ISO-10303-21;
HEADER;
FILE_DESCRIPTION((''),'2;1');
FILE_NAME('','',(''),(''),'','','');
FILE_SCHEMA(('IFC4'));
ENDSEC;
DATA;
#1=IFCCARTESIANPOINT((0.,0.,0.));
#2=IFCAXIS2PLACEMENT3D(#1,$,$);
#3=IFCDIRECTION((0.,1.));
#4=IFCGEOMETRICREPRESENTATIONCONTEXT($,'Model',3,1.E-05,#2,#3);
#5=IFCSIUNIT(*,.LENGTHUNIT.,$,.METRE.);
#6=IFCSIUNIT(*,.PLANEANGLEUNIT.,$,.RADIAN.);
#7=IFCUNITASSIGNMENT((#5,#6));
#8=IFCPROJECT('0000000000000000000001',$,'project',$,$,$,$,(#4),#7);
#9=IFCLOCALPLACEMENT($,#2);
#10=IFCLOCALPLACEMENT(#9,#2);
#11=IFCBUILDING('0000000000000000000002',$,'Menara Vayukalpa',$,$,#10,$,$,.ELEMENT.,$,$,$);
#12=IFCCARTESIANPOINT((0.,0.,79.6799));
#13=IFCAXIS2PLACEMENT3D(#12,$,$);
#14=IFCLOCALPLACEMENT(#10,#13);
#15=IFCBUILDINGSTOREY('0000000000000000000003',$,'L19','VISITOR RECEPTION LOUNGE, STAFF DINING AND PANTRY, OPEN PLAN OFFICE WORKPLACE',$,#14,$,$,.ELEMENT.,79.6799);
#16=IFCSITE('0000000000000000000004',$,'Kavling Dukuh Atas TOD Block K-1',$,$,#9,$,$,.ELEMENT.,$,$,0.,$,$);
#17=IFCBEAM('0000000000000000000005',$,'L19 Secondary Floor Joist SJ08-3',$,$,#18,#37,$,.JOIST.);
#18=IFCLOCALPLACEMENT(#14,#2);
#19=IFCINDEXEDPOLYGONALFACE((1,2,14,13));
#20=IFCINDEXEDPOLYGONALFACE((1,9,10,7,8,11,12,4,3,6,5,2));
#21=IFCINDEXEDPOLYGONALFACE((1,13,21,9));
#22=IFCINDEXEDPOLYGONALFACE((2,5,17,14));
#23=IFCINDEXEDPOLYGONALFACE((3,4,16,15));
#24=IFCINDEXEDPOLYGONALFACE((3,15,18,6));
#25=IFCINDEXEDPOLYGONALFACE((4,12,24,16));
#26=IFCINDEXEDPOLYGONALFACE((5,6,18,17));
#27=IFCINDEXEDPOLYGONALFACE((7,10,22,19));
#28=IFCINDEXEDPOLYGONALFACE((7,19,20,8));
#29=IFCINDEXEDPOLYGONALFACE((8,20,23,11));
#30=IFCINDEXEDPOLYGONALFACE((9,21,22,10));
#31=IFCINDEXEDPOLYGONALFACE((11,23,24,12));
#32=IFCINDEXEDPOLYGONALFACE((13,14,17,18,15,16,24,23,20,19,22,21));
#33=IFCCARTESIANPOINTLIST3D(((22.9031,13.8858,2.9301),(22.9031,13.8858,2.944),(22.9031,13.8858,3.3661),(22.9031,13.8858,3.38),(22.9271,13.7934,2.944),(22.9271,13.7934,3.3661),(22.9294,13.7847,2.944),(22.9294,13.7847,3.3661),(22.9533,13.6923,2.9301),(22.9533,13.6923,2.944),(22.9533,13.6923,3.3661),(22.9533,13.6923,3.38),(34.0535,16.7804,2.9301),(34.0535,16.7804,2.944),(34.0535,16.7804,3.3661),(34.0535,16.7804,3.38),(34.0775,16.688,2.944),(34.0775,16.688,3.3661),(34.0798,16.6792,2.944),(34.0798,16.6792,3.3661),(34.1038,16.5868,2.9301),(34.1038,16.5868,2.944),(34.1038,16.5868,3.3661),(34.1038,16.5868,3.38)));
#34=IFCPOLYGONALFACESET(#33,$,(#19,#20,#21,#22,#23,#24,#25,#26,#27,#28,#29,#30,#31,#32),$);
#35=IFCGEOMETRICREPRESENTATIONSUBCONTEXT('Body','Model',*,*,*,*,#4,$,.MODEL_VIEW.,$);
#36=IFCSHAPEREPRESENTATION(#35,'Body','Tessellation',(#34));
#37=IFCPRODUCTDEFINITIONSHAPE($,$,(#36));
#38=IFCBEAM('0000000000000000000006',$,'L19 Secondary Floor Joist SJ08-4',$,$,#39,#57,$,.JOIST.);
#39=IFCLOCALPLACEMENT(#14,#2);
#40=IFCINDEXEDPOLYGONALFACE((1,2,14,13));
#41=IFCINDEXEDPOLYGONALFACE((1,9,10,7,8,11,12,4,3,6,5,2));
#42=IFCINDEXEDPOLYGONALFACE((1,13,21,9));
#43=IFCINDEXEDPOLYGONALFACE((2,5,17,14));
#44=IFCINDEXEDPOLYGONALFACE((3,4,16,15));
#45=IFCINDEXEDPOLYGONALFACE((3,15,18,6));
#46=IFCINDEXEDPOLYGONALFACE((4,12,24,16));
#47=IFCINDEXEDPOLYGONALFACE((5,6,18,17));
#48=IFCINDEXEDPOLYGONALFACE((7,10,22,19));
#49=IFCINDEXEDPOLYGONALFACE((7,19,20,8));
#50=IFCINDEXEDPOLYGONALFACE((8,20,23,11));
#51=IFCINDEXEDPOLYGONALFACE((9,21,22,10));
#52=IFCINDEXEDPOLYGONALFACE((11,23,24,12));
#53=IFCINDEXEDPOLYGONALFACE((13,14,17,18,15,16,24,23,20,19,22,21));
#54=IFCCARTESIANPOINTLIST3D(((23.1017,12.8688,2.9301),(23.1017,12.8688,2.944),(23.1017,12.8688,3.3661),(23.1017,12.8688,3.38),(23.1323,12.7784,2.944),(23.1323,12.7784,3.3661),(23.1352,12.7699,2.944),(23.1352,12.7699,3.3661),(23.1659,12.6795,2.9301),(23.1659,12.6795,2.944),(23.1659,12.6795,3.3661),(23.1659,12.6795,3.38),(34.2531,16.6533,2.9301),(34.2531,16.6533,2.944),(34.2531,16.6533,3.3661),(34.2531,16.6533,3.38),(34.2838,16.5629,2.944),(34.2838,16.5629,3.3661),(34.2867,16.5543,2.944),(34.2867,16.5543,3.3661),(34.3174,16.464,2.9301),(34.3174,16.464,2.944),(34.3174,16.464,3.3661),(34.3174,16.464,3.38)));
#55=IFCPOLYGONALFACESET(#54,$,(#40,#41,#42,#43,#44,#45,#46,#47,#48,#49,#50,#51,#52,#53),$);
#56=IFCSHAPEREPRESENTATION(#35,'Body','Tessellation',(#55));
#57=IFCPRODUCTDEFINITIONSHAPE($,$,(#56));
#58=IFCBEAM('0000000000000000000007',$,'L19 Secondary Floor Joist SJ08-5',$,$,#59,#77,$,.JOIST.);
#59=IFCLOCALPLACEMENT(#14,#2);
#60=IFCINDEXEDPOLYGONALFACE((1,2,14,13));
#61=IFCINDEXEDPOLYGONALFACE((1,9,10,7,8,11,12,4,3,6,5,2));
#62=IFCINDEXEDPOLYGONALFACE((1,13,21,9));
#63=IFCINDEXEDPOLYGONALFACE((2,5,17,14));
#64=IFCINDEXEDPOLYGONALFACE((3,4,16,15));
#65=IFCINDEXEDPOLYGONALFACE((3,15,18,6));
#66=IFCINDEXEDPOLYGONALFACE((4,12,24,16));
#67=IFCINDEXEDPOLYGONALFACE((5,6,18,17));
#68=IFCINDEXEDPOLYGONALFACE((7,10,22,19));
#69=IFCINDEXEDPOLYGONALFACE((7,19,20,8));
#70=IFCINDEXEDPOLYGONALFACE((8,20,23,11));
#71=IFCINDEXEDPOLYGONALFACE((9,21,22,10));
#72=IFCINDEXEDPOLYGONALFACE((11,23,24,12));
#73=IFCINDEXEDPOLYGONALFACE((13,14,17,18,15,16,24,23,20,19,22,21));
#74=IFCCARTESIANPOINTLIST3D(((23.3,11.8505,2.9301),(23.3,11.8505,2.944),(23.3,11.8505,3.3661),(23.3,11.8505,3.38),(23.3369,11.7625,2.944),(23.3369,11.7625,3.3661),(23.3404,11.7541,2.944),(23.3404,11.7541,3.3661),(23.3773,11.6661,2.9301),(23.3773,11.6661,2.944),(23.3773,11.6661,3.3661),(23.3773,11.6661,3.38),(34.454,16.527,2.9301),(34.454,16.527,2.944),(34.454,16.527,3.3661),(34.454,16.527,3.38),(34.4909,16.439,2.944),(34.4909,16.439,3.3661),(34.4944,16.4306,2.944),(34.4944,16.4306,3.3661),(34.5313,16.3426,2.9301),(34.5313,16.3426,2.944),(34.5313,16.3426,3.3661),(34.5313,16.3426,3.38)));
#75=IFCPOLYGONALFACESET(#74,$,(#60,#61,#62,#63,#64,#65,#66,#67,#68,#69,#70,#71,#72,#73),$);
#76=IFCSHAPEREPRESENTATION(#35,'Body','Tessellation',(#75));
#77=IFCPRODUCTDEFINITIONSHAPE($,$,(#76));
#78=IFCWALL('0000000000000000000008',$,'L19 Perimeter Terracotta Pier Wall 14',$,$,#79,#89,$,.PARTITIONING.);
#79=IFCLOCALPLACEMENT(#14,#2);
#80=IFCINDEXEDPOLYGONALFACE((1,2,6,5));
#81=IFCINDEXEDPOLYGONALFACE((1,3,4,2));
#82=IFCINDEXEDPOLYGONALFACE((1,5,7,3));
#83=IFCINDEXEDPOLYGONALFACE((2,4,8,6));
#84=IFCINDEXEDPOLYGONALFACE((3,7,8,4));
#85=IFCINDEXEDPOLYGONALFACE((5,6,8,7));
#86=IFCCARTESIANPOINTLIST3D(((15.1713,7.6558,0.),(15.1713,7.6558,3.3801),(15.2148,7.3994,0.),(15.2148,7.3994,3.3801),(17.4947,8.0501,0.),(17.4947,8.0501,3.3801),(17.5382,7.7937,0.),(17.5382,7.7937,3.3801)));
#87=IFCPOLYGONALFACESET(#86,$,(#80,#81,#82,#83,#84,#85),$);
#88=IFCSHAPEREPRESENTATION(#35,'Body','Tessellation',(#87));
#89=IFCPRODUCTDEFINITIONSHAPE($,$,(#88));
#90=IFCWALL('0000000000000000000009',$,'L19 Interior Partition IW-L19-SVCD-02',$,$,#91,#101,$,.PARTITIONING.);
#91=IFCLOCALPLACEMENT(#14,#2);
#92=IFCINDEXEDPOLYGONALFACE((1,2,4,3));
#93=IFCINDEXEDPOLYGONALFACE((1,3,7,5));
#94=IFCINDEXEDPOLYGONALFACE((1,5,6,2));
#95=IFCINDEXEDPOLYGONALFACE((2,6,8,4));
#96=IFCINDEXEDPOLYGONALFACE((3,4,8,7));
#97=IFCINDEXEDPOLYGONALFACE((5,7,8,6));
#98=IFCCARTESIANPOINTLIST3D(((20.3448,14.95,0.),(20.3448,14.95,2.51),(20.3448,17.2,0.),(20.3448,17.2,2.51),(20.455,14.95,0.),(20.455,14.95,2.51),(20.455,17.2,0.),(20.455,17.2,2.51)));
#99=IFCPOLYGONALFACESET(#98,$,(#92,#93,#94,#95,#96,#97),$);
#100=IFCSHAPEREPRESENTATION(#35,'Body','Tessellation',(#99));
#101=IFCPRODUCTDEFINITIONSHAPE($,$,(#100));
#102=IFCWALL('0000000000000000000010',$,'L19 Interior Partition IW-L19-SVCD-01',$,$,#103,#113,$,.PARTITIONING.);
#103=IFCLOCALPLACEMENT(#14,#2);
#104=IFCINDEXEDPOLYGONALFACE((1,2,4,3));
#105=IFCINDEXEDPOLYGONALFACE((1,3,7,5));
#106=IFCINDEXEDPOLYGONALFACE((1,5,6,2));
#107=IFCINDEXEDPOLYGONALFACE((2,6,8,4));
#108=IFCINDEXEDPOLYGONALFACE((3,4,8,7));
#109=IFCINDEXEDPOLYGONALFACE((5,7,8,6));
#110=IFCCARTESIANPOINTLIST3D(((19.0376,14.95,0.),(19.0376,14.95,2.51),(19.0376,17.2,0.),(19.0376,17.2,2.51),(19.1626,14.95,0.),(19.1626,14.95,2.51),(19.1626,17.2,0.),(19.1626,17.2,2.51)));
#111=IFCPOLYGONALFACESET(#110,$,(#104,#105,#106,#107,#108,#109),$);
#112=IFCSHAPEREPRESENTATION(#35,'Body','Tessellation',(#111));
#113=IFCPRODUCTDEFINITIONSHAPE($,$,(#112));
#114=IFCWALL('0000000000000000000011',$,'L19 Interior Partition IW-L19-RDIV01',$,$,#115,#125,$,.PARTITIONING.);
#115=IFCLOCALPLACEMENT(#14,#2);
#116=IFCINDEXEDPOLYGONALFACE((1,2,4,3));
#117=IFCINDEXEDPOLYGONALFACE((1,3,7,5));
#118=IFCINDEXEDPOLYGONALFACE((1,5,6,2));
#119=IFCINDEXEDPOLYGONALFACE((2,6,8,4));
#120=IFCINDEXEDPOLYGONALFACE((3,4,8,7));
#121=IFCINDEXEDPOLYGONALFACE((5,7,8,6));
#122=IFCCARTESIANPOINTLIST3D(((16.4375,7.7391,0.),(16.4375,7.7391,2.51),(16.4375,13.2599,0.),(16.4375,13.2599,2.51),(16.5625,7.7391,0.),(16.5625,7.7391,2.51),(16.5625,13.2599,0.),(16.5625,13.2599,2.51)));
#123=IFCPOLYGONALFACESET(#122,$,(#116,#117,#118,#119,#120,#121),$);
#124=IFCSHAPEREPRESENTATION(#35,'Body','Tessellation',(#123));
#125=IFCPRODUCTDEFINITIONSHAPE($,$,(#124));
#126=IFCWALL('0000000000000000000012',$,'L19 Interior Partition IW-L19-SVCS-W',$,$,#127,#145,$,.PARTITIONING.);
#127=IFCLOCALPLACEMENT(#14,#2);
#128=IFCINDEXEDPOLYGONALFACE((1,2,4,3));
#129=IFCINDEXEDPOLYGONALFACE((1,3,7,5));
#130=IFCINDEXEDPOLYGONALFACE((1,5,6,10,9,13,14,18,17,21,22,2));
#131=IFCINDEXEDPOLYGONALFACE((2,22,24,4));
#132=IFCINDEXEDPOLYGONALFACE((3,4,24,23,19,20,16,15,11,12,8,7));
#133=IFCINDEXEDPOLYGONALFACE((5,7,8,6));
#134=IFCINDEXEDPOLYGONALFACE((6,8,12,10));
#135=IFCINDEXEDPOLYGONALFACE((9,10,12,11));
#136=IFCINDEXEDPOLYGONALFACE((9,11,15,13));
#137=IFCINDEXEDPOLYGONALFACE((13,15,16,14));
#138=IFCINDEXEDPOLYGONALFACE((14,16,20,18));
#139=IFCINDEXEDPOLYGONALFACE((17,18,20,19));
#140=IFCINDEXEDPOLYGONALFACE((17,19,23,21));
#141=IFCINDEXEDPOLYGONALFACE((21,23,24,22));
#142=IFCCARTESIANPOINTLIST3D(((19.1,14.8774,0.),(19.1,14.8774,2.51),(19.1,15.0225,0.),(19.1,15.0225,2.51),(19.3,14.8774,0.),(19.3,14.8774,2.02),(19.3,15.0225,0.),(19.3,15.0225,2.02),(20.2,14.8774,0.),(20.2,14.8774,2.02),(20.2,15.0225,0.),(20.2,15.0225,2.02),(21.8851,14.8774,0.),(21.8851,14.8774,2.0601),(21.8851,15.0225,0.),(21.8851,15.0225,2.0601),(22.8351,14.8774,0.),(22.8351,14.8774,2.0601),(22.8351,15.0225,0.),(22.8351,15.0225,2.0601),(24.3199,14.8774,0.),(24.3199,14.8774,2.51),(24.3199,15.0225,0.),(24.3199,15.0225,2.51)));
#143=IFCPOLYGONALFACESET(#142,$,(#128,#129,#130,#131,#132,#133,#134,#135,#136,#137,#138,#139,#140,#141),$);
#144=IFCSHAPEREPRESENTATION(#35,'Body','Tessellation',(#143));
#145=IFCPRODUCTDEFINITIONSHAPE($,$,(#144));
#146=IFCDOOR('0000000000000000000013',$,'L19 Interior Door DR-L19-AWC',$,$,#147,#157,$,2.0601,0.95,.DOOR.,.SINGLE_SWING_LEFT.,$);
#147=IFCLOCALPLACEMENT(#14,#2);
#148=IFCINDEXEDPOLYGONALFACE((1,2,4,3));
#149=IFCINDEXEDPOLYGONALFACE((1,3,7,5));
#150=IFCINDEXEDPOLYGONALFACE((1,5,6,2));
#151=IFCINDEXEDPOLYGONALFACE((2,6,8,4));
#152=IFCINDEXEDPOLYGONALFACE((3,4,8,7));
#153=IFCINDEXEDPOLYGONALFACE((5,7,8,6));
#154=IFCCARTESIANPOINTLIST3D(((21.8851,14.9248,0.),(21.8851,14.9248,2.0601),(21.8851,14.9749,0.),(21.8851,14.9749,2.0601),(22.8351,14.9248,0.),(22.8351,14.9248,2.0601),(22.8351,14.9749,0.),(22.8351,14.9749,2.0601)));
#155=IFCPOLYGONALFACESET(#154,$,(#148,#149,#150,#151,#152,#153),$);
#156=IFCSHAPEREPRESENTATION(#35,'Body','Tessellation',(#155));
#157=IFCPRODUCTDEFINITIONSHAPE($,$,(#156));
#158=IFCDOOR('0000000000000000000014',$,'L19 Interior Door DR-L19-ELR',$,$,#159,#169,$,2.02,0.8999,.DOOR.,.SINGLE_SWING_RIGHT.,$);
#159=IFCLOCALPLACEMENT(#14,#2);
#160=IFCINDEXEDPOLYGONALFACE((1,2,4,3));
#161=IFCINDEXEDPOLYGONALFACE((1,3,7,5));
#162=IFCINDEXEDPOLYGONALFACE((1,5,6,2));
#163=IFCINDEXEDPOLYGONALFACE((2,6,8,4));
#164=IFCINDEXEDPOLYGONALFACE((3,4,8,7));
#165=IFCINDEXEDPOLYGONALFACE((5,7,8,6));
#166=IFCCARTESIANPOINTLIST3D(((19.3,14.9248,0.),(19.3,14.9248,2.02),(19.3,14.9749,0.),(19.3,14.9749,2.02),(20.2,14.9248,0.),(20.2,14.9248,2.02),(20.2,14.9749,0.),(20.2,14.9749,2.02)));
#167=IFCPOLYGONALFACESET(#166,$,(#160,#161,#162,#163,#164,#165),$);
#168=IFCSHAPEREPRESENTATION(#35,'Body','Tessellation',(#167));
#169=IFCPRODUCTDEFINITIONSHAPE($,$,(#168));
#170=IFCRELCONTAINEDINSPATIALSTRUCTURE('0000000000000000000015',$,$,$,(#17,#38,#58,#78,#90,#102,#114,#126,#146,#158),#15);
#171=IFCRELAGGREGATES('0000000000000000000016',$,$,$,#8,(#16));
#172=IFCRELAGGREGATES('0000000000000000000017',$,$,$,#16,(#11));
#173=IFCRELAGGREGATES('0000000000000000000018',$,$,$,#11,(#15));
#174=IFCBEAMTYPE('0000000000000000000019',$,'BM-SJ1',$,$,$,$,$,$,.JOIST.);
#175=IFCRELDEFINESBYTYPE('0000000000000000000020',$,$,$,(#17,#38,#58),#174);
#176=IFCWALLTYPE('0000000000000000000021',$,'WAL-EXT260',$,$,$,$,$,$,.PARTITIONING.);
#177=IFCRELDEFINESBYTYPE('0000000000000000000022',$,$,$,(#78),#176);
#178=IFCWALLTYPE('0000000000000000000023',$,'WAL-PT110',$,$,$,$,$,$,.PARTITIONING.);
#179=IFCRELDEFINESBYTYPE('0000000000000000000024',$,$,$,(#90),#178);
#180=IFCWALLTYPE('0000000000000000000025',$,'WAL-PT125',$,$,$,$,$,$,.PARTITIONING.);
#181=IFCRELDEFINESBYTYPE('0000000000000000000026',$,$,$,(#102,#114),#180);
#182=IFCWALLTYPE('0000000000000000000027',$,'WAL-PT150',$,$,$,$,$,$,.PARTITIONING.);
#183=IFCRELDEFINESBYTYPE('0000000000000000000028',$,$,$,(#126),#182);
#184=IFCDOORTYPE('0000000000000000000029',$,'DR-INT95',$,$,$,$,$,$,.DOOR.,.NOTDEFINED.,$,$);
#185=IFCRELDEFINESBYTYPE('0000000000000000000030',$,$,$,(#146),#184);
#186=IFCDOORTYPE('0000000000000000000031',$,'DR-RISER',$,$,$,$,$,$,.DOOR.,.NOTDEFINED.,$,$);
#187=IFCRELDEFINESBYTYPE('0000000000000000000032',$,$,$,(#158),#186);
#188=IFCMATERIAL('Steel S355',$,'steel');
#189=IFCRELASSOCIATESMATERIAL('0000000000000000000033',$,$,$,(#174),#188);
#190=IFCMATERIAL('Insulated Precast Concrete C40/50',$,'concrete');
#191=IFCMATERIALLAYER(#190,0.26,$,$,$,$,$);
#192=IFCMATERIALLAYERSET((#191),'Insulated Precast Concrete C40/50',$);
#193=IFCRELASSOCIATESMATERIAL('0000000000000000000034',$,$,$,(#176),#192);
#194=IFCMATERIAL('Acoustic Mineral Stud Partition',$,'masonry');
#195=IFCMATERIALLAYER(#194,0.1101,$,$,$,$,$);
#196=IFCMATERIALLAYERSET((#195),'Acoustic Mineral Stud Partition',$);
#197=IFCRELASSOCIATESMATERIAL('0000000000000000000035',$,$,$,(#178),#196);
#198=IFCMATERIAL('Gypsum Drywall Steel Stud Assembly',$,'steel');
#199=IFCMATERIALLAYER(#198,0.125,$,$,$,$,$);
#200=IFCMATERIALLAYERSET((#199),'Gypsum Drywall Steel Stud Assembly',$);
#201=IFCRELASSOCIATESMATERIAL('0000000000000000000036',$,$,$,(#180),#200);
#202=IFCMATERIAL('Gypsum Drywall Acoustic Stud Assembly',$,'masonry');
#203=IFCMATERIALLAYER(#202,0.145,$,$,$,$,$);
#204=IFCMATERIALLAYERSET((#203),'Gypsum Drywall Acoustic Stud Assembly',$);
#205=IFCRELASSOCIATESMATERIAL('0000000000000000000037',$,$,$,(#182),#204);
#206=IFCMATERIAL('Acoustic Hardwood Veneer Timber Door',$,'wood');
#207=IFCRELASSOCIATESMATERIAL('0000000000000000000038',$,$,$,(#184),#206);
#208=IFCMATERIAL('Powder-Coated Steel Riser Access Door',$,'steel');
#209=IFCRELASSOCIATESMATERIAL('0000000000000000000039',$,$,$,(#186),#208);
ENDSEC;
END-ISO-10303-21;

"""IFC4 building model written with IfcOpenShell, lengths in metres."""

from ifc_helpers import new_model, si_unit, direction, frame, frame_2d, origin, origin_2d, place, context, subcontext, project, spatial, rectangle, i_section, extrude, material, layer, layer_set, material_profile, profile_set, type_object, element, fill, save


model = new_model("IFC4")

# Units and contexts
model_context = context("Model", 3, precision=1e-05, world=origin(), true_north=direction((0.0, 1.0)))
body_context = subcontext(model_context, "Body", "Model", "MODEL_VIEW")
ifc_project = project(units=[si_unit("LENGTHUNIT", "METRE"), si_unit("PLANEANGLEUNIT", "RADIAN")], contexts=[model_context])

# Site, building, storey
site_placement = place(None, origin())
site = spatial("IfcSite", under=ifc_project, at=site_placement, Name="Kavling Dukuh Atas TOD Block K-1", CompositionType="ELEMENT", RefElevation=0.0)
building_placement = place(site_placement, origin())
building = spatial("IfcBuilding", under=site, at=building_placement, Name="Menara Vayukalpa", CompositionType="ELEMENT")
storey_placement = place(building_placement, frame((0.0, 0.0, 79.6799)))
storey = spatial("IfcBuildingStorey", under=building, at=storey_placement, Name="L19", Description="VISITOR RECEPTION LOUNGE, STAFF DINING AND PANTRY, OPEN PLAN OFFICE WORKPLACE", CompositionType="ELEMENT", Elevation=79.6799)

# Beams
ifc_material_1 = material(Name="Steel S355", Category="steel")
ifc_material_profile_1 = material_profile(ifc_material_1, i_section(OverallWidth=0.2, OverallDepth=0.45, WebThickness=0.009, FlangeThickness=0.0139, at=origin_2d()), Name="WF 450x200x9x14")
ifc_profile_set_1 = profile_set([ifc_material_profile_1], Name="Steel S355")
beam_type_1 = type_object("IfcBeamType", Name="BM-SJ1", PredefinedType="JOIST", material=ifc_profile_set_1)
beam_1_placement = place(storey_placement, frame((22.9282, 13.7891, 3.155), z_axis=(0.967919, 0.251262, 0.0), x_axis=(-0.251262, 0.967919, 0.0)))
element("IfcBeam", 1, at=beam_1_placement, inside=storey, type_object=beam_type_1, Name="L19 Secondary Floor Joist SJ08-3", PredefinedType="JOIST", context=body_context, shape_type="SweptSolid", body=[
    extrude(i_section(OverallWidth=0.2, OverallDepth=0.45, WebThickness=0.009, FlangeThickness=0.0139, at=origin_2d()), origin(), (0.0, 0.0, 1.0), 11.52),
])
beam_2_placement = place(storey_placement, frame((23.1338, 12.7742, 3.155), z_axis=(0.946955, 0.321367, 0.0), x_axis=(-0.321367, 0.946955, 0.0)))
element("IfcBeam", 2, at=beam_2_placement, inside=storey, type_object=beam_type_1, Name="L19 Secondary Floor Joist SJ08-4", PredefinedType="JOIST", context=body_context, shape_type="SweptSolid", body=[
    extrude(i_section(OverallWidth=0.2, OverallDepth=0.45, WebThickness=0.009, FlangeThickness=0.0139, at=origin_2d()), origin(), (0.0, 0.0, 1.0), 11.7761),
])
beam_3_placement = place(storey_placement, frame((23.3386, 11.7583, 3.155), z_axis=(0.922224, 0.386657, 0.0), x_axis=(-0.386657, 0.922224, 0.0)))
element("IfcBeam", 3, at=beam_3_placement, inside=storey, type_object=beam_type_1, Name="L19 Secondary Floor Joist SJ08-5", PredefinedType="JOIST", context=body_context, shape_type="SweptSolid", body=[
    extrude(i_section(OverallWidth=0.2, OverallDepth=0.45, WebThickness=0.009, FlangeThickness=0.0139, at=origin_2d()), origin(), (0.0, 0.0, 1.0), 12.0947),
])

# Walls
ifc_material_2 = material(Name="Insulated Precast Concrete C40/50", Category="concrete")
ifc_layer_1 = layer(ifc_material_2, 0.26)
ifc_layer_set_1 = layer_set([ifc_layer_1], Name="Insulated Precast Concrete C40/50")
wall_type_1 = type_object("IfcWallType", Name="WAL-EXT260", PredefinedType="PARTITIONING", material=ifc_layer_set_1)
wall_1_placement = place(storey_placement, frame((17.5164, 7.9219, 0.0), z_axis=(0.0, 0.0, 1.0), x_axis=(-0.985905, -0.167305, 0.0)))
element("IfcWall", 4, at=wall_1_placement, inside=storey, type_object=wall_type_1, Name="L19 Perimeter Terracotta Pier Wall 14", PredefinedType="PARTITIONING", context=body_context, shape_type="SweptSolid", body=[
    extrude(rectangle(XDim=2.3567, YDim=0.26, at=frame_2d((1.1782, 0.0))), origin(), (0.0, 0.0, 1.0), 3.3801),
])
ifc_material_3 = material(Name="Acoustic Mineral Stud Partition", Category="masonry")
ifc_layer_2 = layer(ifc_material_3, 0.1101)
ifc_layer_set_2 = layer_set([ifc_layer_2], Name="Acoustic Mineral Stud Partition")
wall_type_2 = type_object("IfcWallType", Name="WAL-PT110", PredefinedType="PARTITIONING", material=ifc_layer_set_2)
wall_2_placement = place(storey_placement, frame((20.3999, 14.95, 0.0), z_axis=(0.0, 0.0, 1.0), x_axis=(0.0, 1.0, 0.0)))
element("IfcWall", 5, at=wall_2_placement, inside=storey, type_object=wall_type_2, Name="L19 Interior Partition IW-L19-SVCD-02", PredefinedType="PARTITIONING", context=body_context, shape_type="SweptSolid", body=[
    extrude(rectangle(XDim=2.25, YDim=0.1101, at=frame_2d((1.125, 0.0))), origin(), (0.0, 0.0, 1.0), 2.51),
])
ifc_material_4 = material(Name="Gypsum Drywall Steel Stud Assembly", Category="steel")
ifc_layer_3 = layer(ifc_material_4, 0.125)
ifc_layer_set_3 = layer_set([ifc_layer_3], Name="Gypsum Drywall Steel Stud Assembly")
wall_type_3 = type_object("IfcWallType", Name="WAL-PT125", PredefinedType="PARTITIONING", material=ifc_layer_set_3)
wall_3_placement = place(storey_placement, frame((19.1001, 14.95, 0.0), z_axis=(0.0, 0.0, 1.0), x_axis=(0.0, 1.0, 0.0)))
element("IfcWall", 6, at=wall_3_placement, inside=storey, type_object=wall_type_3, Name="L19 Interior Partition IW-L19-SVCD-01", PredefinedType="PARTITIONING", context=body_context, shape_type="SweptSolid", body=[
    extrude(rectangle(XDim=2.25, YDim=0.125, at=frame_2d((1.125, 0.0))), origin(), (0.0, 0.0, 1.0), 2.51),
])
wall_4_placement = place(storey_placement, frame((16.5, 7.7393, 0.0), z_axis=(0.0, 0.0, 1.0), x_axis=(0.0, 1.0, 0.0)))
element("IfcWall", 7, at=wall_4_placement, inside=storey, type_object=wall_type_3, Name="L19 Interior Partition IW-L19-RDIV01", PredefinedType="PARTITIONING", context=body_context, shape_type="SweptSolid", body=[
    extrude(rectangle(XDim=5.5208, YDim=0.125, at=frame_2d((2.7603, 0.0))), origin(), (0.0, 0.0, 1.0), 2.51),
])

# Wall, openings, doors
ifc_material_5 = material(Name="Gypsum Drywall Acoustic Stud Assembly", Category="masonry")
ifc_layer_4 = layer(ifc_material_5, 0.145)
ifc_layer_set_4 = layer_set([ifc_layer_4], Name="Gypsum Drywall Acoustic Stud Assembly")
wall_type_4 = type_object("IfcWallType", Name="WAL-PT150", PredefinedType="PARTITIONING", material=ifc_layer_set_4)
wall_5_placement = place(storey_placement, frame((19.1001, 14.95, 0.0), z_axis=(0.0, 0.0, 1.0), x_axis=(1.0, 0.0, 0.0)))
wall_5 = element("IfcWall", 8, at=wall_5_placement, inside=storey, type_object=wall_type_4, Name="L19 Interior Partition IW-L19-SVCS-W", PredefinedType="PARTITIONING", context=body_context, shape_type="SweptSolid", body=[
    extrude(rectangle(XDim=5.22, YDim=0.145, at=frame_2d((2.6099, 0.0))), origin(), (0.0, 0.0, 1.0), 2.51),
])
opening_1_placement = place(wall_5_placement, frame((0.2, 0.0, 0.0)))
opening_1 = element("IfcOpeningElement", 9, at=opening_1_placement, cuts=wall_5, PredefinedType="OPENING", context=body_context, shape_type="SweptSolid", body=[
    extrude(rectangle(XDim=0.8999, YDim=2.02, at=frame_2d((0.45, 1.01))), frame((0.0, 0.0825, 0.0), z_axis=(0.0, -1.0, 0.0), x_axis=(1.0, 0.0, 0.0)), (0.0, 0.0, 1.0), 0.165),
])
opening_2_placement = place(wall_5_placement, frame((2.7849, 0.0, 0.0)))
opening_2 = element("IfcOpeningElement", 10, at=opening_2_placement, cuts=wall_5, PredefinedType="OPENING", context=body_context, shape_type="SweptSolid", body=[
    extrude(rectangle(XDim=0.95, YDim=2.0601, at=frame_2d((0.4751, 1.03))), frame((0.0, 0.0825, 0.0), z_axis=(0.0, -1.0, 0.0), x_axis=(1.0, 0.0, 0.0)), (0.0, 0.0, 1.0), 0.165),
])
ifc_material_6 = material(Name="Acoustic Hardwood Veneer Timber Door", Category="wood")
door_type_1 = type_object("IfcDoorType", Name="DR-INT95", OperationType="NOTDEFINED", PredefinedType="DOOR", material=ifc_material_6)
door_1_placement = place(opening_2_placement, origin())
door_1 = element("IfcDoor", 11, at=door_1_placement, inside=storey, type_object=door_type_1, Name="L19 Interior Door DR-L19-AWC", OperationType="SINGLE_SWING_LEFT", OverallHeight=2.0601, OverallWidth=0.95, PredefinedType="DOOR", context=body_context, shape_type="SweptSolid", body=[
    extrude(rectangle(XDim=0.95, YDim=2.0601, at=frame_2d((0.4751, 1.03))), frame((0.0, 0.0249, 0.0), z_axis=(0.0, -1.0, 0.0), x_axis=(1.0, 0.0, 0.0)), (0.0, 0.0, 1.0), 0.05),
])
fill(opening_2, door_1)
ifc_material_7 = material(Name="Powder-Coated Steel Riser Access Door", Category="steel")
door_type_2 = type_object("IfcDoorType", Name="DR-RISER", OperationType="NOTDEFINED", PredefinedType="DOOR", material=ifc_material_7)
door_2_placement = place(opening_1_placement, origin())
door_2 = element("IfcDoor", 12, at=door_2_placement, inside=storey, type_object=door_type_2, Name="L19 Interior Door DR-L19-ELR", OperationType="SINGLE_SWING_RIGHT", OverallHeight=2.02, OverallWidth=0.8999, PredefinedType="DOOR", context=body_context, shape_type="SweptSolid", body=[
    extrude(rectangle(XDim=0.8999, YDim=2.02, at=frame_2d((0.45, 1.01))), frame((0.0, 0.0249, 0.0), z_axis=(0.0, -1.0, 0.0), x_axis=(1.0, 0.0, 0.0)), (0.0, 0.0, 1.0), 0.05),
])
fill(opening_1, door_2)

save(model, "model.ifc")
